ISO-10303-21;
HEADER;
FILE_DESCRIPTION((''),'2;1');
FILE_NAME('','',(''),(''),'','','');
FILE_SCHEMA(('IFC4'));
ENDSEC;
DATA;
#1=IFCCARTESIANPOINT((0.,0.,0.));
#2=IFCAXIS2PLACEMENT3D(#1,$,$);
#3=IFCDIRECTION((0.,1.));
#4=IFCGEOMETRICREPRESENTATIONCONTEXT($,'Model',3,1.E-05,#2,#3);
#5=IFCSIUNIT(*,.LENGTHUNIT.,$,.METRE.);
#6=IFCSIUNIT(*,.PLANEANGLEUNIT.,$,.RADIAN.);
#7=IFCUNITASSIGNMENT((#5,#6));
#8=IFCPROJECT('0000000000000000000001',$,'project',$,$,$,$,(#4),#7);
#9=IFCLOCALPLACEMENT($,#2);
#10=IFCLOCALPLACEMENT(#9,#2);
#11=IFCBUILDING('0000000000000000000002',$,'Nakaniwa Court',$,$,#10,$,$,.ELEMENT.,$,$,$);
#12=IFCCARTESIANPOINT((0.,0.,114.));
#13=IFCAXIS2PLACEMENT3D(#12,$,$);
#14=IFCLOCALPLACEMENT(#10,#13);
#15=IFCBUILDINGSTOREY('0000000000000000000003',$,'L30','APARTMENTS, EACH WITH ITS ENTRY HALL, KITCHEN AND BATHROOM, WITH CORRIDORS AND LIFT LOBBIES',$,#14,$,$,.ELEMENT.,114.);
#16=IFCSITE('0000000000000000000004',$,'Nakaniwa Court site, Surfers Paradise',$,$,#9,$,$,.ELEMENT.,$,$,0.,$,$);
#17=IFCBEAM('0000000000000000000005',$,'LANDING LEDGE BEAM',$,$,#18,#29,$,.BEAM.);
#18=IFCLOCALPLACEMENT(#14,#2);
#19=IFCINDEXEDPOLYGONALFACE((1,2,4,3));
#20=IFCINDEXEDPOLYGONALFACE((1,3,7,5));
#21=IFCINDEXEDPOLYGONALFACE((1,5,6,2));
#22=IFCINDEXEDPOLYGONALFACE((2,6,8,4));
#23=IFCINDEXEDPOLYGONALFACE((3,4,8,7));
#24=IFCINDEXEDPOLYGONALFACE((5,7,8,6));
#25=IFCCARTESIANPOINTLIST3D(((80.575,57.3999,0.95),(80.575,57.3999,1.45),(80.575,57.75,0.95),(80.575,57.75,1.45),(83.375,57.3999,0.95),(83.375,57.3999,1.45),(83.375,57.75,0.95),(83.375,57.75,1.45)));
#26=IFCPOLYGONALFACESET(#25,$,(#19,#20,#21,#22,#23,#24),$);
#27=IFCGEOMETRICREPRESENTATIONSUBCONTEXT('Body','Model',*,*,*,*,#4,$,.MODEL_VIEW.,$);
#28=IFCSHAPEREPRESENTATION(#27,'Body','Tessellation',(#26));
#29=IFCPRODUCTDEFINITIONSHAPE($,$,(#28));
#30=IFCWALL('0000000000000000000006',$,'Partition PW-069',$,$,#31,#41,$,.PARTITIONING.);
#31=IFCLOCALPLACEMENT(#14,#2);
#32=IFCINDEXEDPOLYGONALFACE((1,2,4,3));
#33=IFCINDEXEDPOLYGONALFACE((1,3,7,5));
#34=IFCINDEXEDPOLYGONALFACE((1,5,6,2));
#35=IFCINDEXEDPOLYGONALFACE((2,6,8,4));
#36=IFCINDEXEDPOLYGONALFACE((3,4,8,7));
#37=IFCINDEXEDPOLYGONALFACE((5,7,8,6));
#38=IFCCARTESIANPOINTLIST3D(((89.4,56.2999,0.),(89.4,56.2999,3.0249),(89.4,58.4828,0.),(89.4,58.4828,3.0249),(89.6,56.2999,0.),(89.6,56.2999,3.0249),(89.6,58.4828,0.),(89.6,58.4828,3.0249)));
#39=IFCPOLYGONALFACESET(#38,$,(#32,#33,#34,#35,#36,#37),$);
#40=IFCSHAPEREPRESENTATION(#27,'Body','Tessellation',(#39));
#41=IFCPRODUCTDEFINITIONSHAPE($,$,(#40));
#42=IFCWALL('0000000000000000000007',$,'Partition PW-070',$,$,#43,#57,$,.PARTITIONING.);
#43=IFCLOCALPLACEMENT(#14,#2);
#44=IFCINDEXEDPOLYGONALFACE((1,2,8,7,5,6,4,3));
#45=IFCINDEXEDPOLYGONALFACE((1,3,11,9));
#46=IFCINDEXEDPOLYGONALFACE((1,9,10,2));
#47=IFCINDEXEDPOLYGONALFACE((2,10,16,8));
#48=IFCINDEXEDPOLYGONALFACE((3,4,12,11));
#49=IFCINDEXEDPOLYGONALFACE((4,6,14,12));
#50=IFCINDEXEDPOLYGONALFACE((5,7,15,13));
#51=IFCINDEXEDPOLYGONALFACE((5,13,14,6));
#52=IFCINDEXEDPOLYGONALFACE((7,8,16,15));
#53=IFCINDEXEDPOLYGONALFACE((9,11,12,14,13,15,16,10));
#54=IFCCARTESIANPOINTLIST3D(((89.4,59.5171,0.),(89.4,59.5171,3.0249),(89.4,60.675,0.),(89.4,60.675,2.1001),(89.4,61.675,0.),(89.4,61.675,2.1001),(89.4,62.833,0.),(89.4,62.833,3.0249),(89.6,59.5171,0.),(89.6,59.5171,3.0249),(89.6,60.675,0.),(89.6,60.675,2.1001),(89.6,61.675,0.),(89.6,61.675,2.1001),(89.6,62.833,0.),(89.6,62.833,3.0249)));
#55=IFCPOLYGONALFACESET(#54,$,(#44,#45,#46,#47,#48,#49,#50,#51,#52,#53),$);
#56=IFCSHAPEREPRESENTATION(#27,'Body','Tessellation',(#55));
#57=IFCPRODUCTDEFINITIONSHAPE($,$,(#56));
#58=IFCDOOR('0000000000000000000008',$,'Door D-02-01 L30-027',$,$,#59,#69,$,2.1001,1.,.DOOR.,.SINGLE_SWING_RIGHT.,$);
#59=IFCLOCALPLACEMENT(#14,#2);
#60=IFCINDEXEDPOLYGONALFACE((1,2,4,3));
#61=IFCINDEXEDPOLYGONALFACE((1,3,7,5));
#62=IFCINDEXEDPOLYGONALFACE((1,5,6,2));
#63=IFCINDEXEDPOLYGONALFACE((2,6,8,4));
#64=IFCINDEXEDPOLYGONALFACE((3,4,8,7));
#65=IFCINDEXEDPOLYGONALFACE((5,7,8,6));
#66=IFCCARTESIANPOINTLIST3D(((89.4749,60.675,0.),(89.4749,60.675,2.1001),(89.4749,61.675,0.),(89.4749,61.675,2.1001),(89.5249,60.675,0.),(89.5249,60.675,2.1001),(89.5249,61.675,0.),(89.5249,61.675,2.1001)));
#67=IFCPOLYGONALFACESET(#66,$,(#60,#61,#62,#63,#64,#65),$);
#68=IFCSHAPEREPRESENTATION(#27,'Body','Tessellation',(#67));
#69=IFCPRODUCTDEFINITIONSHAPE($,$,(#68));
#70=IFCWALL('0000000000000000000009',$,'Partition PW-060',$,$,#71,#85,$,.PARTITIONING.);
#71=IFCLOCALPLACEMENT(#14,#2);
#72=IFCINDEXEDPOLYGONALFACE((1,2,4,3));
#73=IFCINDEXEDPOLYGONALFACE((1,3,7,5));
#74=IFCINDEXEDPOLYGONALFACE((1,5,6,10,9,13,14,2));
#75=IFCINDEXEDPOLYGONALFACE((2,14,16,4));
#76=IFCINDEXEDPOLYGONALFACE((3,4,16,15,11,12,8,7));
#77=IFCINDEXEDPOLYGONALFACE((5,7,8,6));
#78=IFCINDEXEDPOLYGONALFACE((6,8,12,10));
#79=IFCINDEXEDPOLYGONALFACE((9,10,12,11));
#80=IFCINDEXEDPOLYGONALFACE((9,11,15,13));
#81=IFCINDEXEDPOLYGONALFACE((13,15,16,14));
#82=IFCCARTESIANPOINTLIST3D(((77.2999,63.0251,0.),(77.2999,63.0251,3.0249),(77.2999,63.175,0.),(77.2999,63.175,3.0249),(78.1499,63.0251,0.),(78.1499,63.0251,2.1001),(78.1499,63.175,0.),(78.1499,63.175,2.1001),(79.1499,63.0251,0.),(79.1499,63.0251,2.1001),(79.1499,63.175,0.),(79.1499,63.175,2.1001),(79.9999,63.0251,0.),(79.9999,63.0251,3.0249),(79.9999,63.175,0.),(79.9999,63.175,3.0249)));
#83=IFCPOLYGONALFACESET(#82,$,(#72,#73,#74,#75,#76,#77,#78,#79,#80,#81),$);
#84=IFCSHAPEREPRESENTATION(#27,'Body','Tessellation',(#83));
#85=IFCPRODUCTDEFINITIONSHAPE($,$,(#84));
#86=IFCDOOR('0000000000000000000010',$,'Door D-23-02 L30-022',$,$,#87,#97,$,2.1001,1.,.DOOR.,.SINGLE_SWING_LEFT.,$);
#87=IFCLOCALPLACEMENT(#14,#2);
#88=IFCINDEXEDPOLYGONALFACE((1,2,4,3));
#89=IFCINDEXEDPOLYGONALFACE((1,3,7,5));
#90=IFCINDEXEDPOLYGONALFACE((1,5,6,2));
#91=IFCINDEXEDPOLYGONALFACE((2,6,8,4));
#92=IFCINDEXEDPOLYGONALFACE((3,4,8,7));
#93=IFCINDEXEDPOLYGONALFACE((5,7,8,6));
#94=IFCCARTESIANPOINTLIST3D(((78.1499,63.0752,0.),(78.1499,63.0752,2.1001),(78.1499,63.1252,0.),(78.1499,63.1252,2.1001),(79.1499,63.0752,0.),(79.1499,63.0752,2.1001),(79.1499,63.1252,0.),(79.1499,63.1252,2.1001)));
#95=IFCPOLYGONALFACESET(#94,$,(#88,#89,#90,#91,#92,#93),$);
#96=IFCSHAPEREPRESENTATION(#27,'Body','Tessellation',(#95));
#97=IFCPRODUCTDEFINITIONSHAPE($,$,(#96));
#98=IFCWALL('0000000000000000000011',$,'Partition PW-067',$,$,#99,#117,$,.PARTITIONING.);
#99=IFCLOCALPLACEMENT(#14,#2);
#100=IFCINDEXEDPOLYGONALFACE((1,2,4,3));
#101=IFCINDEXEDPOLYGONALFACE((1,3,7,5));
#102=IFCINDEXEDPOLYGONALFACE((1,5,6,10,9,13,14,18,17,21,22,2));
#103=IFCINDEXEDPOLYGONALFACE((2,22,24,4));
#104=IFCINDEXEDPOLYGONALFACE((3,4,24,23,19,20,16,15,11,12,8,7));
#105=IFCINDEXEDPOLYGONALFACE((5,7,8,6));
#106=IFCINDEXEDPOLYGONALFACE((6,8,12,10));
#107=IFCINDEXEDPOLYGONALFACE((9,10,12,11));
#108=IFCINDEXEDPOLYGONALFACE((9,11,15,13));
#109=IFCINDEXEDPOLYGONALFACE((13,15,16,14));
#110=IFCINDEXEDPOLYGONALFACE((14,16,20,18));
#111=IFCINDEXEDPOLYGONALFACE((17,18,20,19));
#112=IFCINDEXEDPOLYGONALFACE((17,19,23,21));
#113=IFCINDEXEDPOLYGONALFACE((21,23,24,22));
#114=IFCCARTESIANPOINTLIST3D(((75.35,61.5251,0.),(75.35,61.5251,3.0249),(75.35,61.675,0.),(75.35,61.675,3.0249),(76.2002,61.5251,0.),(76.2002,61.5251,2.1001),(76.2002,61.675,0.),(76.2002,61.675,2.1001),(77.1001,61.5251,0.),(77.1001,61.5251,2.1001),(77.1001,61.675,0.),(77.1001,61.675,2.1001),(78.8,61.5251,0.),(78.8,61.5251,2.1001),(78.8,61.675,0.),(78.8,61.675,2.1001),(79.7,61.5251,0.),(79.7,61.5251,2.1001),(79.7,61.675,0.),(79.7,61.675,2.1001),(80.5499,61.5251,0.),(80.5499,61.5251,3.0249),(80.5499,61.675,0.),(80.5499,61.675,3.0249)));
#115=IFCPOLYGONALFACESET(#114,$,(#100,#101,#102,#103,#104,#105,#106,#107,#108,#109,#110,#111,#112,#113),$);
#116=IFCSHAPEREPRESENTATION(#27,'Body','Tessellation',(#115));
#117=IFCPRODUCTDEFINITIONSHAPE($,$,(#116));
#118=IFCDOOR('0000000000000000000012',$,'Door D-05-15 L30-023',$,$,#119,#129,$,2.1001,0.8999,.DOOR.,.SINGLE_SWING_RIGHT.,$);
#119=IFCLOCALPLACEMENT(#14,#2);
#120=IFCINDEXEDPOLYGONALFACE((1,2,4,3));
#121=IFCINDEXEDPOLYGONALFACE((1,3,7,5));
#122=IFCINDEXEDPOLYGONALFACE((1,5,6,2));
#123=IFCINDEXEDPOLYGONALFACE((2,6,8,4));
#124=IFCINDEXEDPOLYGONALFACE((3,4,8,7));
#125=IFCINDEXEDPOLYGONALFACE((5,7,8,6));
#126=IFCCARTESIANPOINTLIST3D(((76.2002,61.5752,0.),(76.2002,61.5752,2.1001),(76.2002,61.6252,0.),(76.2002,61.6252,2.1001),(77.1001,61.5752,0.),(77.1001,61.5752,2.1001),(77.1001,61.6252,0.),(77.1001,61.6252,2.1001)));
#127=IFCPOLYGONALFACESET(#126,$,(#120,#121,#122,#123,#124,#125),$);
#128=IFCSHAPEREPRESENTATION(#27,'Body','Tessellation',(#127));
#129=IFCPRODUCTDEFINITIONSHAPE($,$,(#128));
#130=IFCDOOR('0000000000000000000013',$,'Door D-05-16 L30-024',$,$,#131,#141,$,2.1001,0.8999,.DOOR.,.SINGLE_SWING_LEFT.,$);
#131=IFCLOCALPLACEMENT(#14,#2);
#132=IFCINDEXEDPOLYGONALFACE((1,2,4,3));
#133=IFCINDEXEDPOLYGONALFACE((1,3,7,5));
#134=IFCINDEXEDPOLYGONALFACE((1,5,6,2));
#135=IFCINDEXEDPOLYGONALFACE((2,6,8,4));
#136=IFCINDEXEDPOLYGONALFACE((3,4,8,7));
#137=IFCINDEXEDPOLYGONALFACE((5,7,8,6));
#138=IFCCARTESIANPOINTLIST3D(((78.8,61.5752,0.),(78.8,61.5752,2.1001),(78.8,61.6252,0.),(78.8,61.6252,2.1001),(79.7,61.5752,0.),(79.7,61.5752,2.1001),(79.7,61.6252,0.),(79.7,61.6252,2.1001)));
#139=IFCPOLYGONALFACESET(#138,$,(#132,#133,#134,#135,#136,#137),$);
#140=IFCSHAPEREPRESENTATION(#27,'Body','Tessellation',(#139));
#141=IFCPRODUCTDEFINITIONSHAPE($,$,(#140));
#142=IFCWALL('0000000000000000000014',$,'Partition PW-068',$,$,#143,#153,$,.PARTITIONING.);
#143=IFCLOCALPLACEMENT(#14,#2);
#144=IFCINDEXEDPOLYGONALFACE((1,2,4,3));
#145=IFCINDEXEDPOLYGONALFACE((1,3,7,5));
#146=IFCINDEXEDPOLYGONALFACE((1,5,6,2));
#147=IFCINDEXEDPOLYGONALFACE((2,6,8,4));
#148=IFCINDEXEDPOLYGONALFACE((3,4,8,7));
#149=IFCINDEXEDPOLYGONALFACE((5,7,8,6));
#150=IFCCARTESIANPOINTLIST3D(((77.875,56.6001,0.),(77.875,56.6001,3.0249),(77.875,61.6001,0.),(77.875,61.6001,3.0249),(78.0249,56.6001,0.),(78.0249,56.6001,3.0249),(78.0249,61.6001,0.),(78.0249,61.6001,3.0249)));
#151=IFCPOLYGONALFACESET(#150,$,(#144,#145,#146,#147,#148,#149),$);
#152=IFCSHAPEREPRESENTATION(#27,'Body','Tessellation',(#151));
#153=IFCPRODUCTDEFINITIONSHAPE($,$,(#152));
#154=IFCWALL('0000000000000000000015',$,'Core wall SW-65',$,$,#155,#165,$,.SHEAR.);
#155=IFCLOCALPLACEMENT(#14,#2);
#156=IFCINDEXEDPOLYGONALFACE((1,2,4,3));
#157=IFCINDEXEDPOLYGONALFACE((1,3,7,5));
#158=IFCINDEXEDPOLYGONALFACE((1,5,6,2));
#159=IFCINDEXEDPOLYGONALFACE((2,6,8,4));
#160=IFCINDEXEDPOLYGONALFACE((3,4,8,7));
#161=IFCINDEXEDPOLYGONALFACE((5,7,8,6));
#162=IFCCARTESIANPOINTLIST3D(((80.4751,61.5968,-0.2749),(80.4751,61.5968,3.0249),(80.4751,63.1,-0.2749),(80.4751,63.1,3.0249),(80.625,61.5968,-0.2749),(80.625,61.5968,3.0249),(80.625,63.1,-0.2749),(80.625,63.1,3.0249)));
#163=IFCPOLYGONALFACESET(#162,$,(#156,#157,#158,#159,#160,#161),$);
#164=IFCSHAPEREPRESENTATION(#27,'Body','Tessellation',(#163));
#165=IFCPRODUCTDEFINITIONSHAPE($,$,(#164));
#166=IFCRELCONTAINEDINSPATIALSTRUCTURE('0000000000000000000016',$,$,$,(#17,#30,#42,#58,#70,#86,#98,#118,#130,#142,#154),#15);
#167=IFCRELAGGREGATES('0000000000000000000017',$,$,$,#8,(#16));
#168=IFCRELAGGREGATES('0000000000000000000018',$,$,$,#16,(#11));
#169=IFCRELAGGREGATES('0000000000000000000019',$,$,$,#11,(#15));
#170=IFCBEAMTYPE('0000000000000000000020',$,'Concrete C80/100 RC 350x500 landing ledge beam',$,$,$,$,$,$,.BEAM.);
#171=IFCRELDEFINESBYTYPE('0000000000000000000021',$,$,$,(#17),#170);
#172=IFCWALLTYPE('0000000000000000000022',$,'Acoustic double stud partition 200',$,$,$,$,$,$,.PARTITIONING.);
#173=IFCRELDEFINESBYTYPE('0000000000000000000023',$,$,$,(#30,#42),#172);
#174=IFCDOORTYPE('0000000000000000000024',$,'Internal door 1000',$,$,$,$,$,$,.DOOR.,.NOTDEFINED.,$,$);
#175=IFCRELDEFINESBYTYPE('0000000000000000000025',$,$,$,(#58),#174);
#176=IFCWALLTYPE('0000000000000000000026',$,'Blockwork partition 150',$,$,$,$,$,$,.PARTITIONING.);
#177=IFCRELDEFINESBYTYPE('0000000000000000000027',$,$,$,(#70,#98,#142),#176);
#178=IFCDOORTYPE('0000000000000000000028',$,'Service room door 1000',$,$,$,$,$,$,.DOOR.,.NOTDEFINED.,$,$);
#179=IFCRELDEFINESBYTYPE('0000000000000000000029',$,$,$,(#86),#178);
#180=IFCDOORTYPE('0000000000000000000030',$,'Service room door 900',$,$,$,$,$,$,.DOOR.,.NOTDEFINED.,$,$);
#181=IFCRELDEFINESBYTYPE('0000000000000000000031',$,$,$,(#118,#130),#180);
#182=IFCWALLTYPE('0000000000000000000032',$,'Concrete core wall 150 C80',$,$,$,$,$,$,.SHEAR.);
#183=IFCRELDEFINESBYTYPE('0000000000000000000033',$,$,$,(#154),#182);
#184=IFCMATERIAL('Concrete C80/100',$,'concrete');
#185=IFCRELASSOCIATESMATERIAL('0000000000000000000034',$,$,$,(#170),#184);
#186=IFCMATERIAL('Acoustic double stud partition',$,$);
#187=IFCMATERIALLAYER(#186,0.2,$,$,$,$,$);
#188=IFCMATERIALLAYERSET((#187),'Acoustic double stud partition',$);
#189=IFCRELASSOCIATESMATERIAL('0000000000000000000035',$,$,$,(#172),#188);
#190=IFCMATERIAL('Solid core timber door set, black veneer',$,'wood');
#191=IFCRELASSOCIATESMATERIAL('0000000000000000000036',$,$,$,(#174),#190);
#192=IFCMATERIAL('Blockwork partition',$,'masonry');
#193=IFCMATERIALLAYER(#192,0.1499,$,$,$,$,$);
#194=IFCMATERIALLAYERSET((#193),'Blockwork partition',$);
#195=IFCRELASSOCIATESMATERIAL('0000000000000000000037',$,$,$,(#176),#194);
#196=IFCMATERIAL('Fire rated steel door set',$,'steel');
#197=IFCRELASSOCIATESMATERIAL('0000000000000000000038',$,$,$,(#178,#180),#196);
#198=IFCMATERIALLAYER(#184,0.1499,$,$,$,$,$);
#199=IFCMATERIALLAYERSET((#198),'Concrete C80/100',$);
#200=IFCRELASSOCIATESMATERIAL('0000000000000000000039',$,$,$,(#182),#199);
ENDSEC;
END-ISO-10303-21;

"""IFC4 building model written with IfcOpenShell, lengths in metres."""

from ifc_helpers import new_model, si_unit, direction, frame, frame_2d, origin, origin_2d, place, context, subcontext, project, spatial, rectangle, extrude, material, layer, layer_set, material_profile, profile_set, type_object, element, fill, save


model = new_model("IFC4")

# Units and contexts
model_context = context("Model", 3, precision=1e-05, world=origin(), true_north=direction((0.0, 1.0)))
body_context = subcontext(model_context, "Body", "Model", "MODEL_VIEW")
ifc_project = project(units=[si_unit("LENGTHUNIT", "METRE"), si_unit("PLANEANGLEUNIT", "RADIAN")], contexts=[model_context])

# Site, building, storey
site_placement = place(None, origin())
site = spatial("IfcSite", under=ifc_project, at=site_placement, Name="Nakaniwa Court site, Surfers Paradise", CompositionType="ELEMENT", RefElevation=0.0)
building_placement = place(site_placement, origin())
building = spatial("IfcBuilding", under=site, at=building_placement, Name="Nakaniwa Court", CompositionType="ELEMENT")
storey_placement = place(building_placement, frame((0.0, 0.0, 114.0)))
storey = spatial("IfcBuildingStorey", under=building, at=storey_placement, Name="L30", Description="APARTMENTS, EACH WITH ITS ENTRY HALL, KITCHEN AND BATHROOM, WITH CORRIDORS AND LIFT LOBBIES", CompositionType="ELEMENT", Elevation=114.0)

# Beam
ifc_material_1 = material(Name="Concrete C80/100", Category="concrete")
ifc_material_profile = material_profile(ifc_material_1, rectangle(XDim=0.3501, YDim=0.5, at=origin_2d()), Name="Concrete C80/100 RC 350x500 landing ledge beam")
ifc_profile_set = profile_set([ifc_material_profile], Name="Concrete C80/100")
beam_type = type_object("IfcBeamType", Name="Concrete C80/100 RC 350x500 landing ledge beam", PredefinedType="BEAM", material=ifc_profile_set)
beam_placement = place(storey_placement, frame((80.575, 57.575, 1.2), z_axis=(1.0, 0.0, 0.0), x_axis=(0.0, 1.0, 0.0)))
element("IfcBeam", 1, at=beam_placement, inside=storey, type_object=beam_type, Name="LANDING LEDGE BEAM", PredefinedType="BEAM", context=body_context, shape_type="SweptSolid", body=[
    extrude(rectangle(XDim=0.3501, YDim=0.5, at=origin_2d()), origin(), (0.0, 0.0, 1.0), 2.8),
])

# Wall
ifc_material_2 = material(Name="Acoustic double stud partition")
ifc_layer_1 = layer(ifc_material_2, 0.2)
ifc_layer_set_1 = layer_set([ifc_layer_1], Name="Acoustic double stud partition")
wall_type_1 = type_object("IfcWallType", Name="Acoustic double stud partition 200", PredefinedType="PARTITIONING", material=ifc_layer_set_1)
wall_1_placement = place(storey_placement, frame((89.5, 56.3, 0.0), z_axis=(0.0, 0.0, 1.0), x_axis=(0.0, 1.0, 0.0)))
element("IfcWall", 2, at=wall_1_placement, inside=storey, type_object=wall_type_1, Name="Partition PW-069", PredefinedType="PARTITIONING", context=body_context, shape_type="SweptSolid", body=[
    extrude(rectangle(XDim=2.1829, YDim=0.2, at=frame_2d((1.0913, 0.0))), origin(), (0.0, 0.0, 1.0), 3.0249),
])

# Walls, openings, doors
wall_2_placement = place(storey_placement, frame((89.5, 62.833, 0.0), z_axis=(0.0, 0.0, 1.0), x_axis=(0.0, -1.0, 0.0)))
wall_2 = element("IfcWall", 3, at=wall_2_placement, inside=storey, type_object=wall_type_1, Name="Partition PW-070", PredefinedType="PARTITIONING", context=body_context, shape_type="SweptSolid", body=[
    extrude(rectangle(XDim=3.3159, YDim=0.2, at=frame_2d((1.658, 0.0))), origin(), (0.0, 0.0, 1.0), 3.0249),
])
opening_1_placement = place(wall_2_placement, frame((1.158, 0.0, 0.0)))
opening_1 = element("IfcOpeningElement", 4, at=opening_1_placement, cuts=wall_2, PredefinedType="OPENING", context=body_context, shape_type="SweptSolid", body=[
    extrude(rectangle(XDim=1.0, YDim=2.1001, at=frame_2d((0.5, 1.05))), frame((0.0, 0.1099, 0.0), z_axis=(0.0, -1.0, 0.0), x_axis=(1.0, 0.0, 0.0)), (0.0, 0.0, 1.0), 0.22),
])
ifc_material_3 = material(Name="Solid core timber door set, black veneer", Category="wood")
door_type_1 = type_object("IfcDoorType", Name="Internal door 1000", OperationType="NOTDEFINED", PredefinedType="DOOR", material=ifc_material_3)
door_1_placement = place(opening_1_placement, origin())
door_1 = element("IfcDoor", 5, at=door_1_placement, inside=storey, type_object=door_type_1, Name="Door D-02-01 L30-027", OperationType="SINGLE_SWING_RIGHT", OverallHeight=2.1001, OverallWidth=1.0, PredefinedType="DOOR", context=body_context, shape_type="SweptSolid", body=[
    extrude(rectangle(XDim=1.0, YDim=2.1001, at=frame_2d((0.5, 1.05))), frame((0.0, 0.0249, 0.0), z_axis=(0.0, -1.0, 0.0), x_axis=(1.0, 0.0, 0.0)), (0.0, 0.0, 1.0), 0.05),
])
fill(opening_1, door_1)
ifc_material_4 = material(Name="Blockwork partition", Category="masonry")
ifc_layer_2 = layer(ifc_material_4, 0.1499)
ifc_layer_set_2 = layer_set([ifc_layer_2], Name="Blockwork partition")
wall_type_2 = type_object("IfcWallType", Name="Blockwork partition 150", PredefinedType="PARTITIONING", material=ifc_layer_set_2)
wall_3_placement = place(storey_placement, frame((80.0, 63.1001, 0.0), z_axis=(0.0, 0.0, 1.0), x_axis=(-1.0, 0.0, 0.0)))
wall_3 = element("IfcWall", 6, at=wall_3_placement, inside=storey, type_object=wall_type_2, Name="Partition PW-060", PredefinedType="PARTITIONING", context=body_context, shape_type="SweptSolid", body=[
    extrude(rectangle(XDim=2.7, YDim=0.1499, at=frame_2d((1.3501, 0.0))), origin(), (0.0, 0.0, 1.0), 3.0249),
])
opening_2_placement = place(wall_3_placement, frame((0.8501, 0.0, 0.0)))
opening_2 = element("IfcOpeningElement", 7, at=opening_2_placement, cuts=wall_3, PredefinedType="OPENING", context=body_context, shape_type="SweptSolid", body=[
    extrude(rectangle(XDim=1.0, YDim=2.1001, at=frame_2d((0.5, 1.05))), frame((0.0, 0.085, 0.0), z_axis=(0.0, -1.0, 0.0), x_axis=(1.0, 0.0, 0.0)), (0.0, 0.0, 1.0), 0.1699),
])
ifc_material_5 = material(Name="Fire rated steel door set", Category="steel")
door_type_2 = type_object("IfcDoorType", Name="Service room door 1000", OperationType="NOTDEFINED", PredefinedType="DOOR", material=ifc_material_5)
door_2_placement = place(opening_2_placement, origin())
door_2 = element("IfcDoor", 8, at=door_2_placement, inside=storey, type_object=door_type_2, Name="Door D-23-02 L30-022", OperationType="SINGLE_SWING_LEFT", OverallHeight=2.1001, OverallWidth=1.0, PredefinedType="DOOR", context=body_context, shape_type="SweptSolid", body=[
    extrude(rectangle(XDim=1.0, YDim=2.1001, at=frame_2d((0.5, 1.05))), frame((0.0, 0.0249, 0.0), z_axis=(0.0, -1.0, 0.0), x_axis=(1.0, 0.0, 0.0)), (0.0, 0.0, 1.0), 0.05),
])
fill(opening_2, door_2)

# Wall, openings, doors
wall_4_placement = place(storey_placement, frame((80.55, 61.6001, 0.0), z_axis=(0.0, 0.0, 1.0), x_axis=(-1.0, 0.0, 0.0)))
wall_4 = element("IfcWall", 9, at=wall_4_placement, inside=storey, type_object=wall_type_2, Name="Partition PW-067", PredefinedType="PARTITIONING", context=body_context, shape_type="SweptSolid", body=[
    extrude(rectangle(XDim=5.2, YDim=0.1499, at=frame_2d((2.6001, 0.0))), origin(), (0.0, 0.0, 1.0), 3.0249),
])
opening_3_placement = place(wall_4_placement, frame((3.45, 0.0, 0.0)))
opening_3 = element("IfcOpeningElement", 10, at=opening_3_placement, cuts=wall_4, PredefinedType="OPENING", context=body_context, shape_type="SweptSolid", body=[
    extrude(rectangle(XDim=0.8999, YDim=2.1001, at=frame_2d((0.45, 1.05))), frame((0.0, 0.085, 0.0), z_axis=(0.0, -1.0, 0.0), x_axis=(1.0, 0.0, 0.0)), (0.0, 0.0, 1.0), 0.1699),
])
opening_4_placement = place(wall_4_placement, frame((0.8501, 0.0, 0.0)))
opening_4 = element("IfcOpeningElement", 11, at=opening_4_placement, cuts=wall_4, PredefinedType="OPENING", context=body_context, shape_type="SweptSolid", body=[
    extrude(rectangle(XDim=0.8999, YDim=2.1001, at=frame_2d((0.45, 1.05))), frame((0.0, 0.085, 0.0), z_axis=(0.0, -1.0, 0.0), x_axis=(1.0, 0.0, 0.0)), (0.0, 0.0, 1.0), 0.1699),
])
door_type_3 = type_object("IfcDoorType", Name="Service room door 900", OperationType="NOTDEFINED", PredefinedType="DOOR", material=ifc_material_5)
door_3_placement = place(opening_3_placement, origin())
door_3 = element("IfcDoor", 12, at=door_3_placement, inside=storey, type_object=door_type_3, Name="Door D-05-15 L30-023", OperationType="SINGLE_SWING_RIGHT", OverallHeight=2.1001, OverallWidth=0.8999, PredefinedType="DOOR", context=body_context, shape_type="SweptSolid", body=[
    extrude(rectangle(XDim=0.8999, YDim=2.1001, at=frame_2d((0.45, 1.05))), frame((0.0, 0.0249, 0.0), z_axis=(0.0, -1.0, 0.0), x_axis=(1.0, 0.0, 0.0)), (0.0, 0.0, 1.0), 0.05),
])
fill(opening_3, door_3)
door_4_placement = place(opening_4_placement, origin())
door_4 = element("IfcDoor", 13, at=door_4_placement, inside=storey, type_object=door_type_3, Name="Door D-05-16 L30-024", OperationType="SINGLE_SWING_LEFT", OverallHeight=2.1001, OverallWidth=0.8999, PredefinedType="DOOR", context=body_context, shape_type="SweptSolid", body=[
    extrude(rectangle(XDim=0.8999, YDim=2.1001, at=frame_2d((0.45, 1.05))), frame((0.0, 0.0249, 0.0), z_axis=(0.0, -1.0, 0.0), x_axis=(1.0, 0.0, 0.0)), (0.0, 0.0, 1.0), 0.05),
])
fill(opening_4, door_4)

# Walls
wall_5_placement = place(storey_placement, frame((77.95, 56.6001, 0.0), z_axis=(0.0, 0.0, 1.0), x_axis=(0.0, 1.0, 0.0)))
element("IfcWall", 14, at=wall_5_placement, inside=storey, type_object=wall_type_2, Name="Partition PW-068", PredefinedType="PARTITIONING", context=body_context, shape_type="SweptSolid", body=[
    extrude(rectangle(XDim=5.0, YDim=0.1499, at=frame_2d((2.5, 0.0))), origin(), (0.0, 0.0, 1.0), 3.0249),
])
ifc_layer_3 = layer(ifc_material_1, 0.1499)
ifc_layer_set_3 = layer_set([ifc_layer_3], Name="Concrete C80/100")
wall_type_3 = type_object("IfcWallType", Name="Concrete core wall 150 C80", PredefinedType="SHEAR", material=ifc_layer_set_3)
wall_6_placement = place(storey_placement, frame((80.55, 61.5969, -0.2749), z_axis=(0.0, 0.0, 1.0), x_axis=(0.0, 1.0, 0.0)))
element("IfcWall", 15, at=wall_6_placement, inside=storey, type_object=wall_type_3, Name="Core wall SW-65", PredefinedType="SHEAR", context=body_context, shape_type="SweptSolid", body=[
    extrude(rectangle(XDim=1.5032, YDim=0.1499, at=frame_2d((0.7515, 0.0))), origin(), (0.0, 0.0, 1.0), 3.2998),
])

save(model, "model.ifc")
